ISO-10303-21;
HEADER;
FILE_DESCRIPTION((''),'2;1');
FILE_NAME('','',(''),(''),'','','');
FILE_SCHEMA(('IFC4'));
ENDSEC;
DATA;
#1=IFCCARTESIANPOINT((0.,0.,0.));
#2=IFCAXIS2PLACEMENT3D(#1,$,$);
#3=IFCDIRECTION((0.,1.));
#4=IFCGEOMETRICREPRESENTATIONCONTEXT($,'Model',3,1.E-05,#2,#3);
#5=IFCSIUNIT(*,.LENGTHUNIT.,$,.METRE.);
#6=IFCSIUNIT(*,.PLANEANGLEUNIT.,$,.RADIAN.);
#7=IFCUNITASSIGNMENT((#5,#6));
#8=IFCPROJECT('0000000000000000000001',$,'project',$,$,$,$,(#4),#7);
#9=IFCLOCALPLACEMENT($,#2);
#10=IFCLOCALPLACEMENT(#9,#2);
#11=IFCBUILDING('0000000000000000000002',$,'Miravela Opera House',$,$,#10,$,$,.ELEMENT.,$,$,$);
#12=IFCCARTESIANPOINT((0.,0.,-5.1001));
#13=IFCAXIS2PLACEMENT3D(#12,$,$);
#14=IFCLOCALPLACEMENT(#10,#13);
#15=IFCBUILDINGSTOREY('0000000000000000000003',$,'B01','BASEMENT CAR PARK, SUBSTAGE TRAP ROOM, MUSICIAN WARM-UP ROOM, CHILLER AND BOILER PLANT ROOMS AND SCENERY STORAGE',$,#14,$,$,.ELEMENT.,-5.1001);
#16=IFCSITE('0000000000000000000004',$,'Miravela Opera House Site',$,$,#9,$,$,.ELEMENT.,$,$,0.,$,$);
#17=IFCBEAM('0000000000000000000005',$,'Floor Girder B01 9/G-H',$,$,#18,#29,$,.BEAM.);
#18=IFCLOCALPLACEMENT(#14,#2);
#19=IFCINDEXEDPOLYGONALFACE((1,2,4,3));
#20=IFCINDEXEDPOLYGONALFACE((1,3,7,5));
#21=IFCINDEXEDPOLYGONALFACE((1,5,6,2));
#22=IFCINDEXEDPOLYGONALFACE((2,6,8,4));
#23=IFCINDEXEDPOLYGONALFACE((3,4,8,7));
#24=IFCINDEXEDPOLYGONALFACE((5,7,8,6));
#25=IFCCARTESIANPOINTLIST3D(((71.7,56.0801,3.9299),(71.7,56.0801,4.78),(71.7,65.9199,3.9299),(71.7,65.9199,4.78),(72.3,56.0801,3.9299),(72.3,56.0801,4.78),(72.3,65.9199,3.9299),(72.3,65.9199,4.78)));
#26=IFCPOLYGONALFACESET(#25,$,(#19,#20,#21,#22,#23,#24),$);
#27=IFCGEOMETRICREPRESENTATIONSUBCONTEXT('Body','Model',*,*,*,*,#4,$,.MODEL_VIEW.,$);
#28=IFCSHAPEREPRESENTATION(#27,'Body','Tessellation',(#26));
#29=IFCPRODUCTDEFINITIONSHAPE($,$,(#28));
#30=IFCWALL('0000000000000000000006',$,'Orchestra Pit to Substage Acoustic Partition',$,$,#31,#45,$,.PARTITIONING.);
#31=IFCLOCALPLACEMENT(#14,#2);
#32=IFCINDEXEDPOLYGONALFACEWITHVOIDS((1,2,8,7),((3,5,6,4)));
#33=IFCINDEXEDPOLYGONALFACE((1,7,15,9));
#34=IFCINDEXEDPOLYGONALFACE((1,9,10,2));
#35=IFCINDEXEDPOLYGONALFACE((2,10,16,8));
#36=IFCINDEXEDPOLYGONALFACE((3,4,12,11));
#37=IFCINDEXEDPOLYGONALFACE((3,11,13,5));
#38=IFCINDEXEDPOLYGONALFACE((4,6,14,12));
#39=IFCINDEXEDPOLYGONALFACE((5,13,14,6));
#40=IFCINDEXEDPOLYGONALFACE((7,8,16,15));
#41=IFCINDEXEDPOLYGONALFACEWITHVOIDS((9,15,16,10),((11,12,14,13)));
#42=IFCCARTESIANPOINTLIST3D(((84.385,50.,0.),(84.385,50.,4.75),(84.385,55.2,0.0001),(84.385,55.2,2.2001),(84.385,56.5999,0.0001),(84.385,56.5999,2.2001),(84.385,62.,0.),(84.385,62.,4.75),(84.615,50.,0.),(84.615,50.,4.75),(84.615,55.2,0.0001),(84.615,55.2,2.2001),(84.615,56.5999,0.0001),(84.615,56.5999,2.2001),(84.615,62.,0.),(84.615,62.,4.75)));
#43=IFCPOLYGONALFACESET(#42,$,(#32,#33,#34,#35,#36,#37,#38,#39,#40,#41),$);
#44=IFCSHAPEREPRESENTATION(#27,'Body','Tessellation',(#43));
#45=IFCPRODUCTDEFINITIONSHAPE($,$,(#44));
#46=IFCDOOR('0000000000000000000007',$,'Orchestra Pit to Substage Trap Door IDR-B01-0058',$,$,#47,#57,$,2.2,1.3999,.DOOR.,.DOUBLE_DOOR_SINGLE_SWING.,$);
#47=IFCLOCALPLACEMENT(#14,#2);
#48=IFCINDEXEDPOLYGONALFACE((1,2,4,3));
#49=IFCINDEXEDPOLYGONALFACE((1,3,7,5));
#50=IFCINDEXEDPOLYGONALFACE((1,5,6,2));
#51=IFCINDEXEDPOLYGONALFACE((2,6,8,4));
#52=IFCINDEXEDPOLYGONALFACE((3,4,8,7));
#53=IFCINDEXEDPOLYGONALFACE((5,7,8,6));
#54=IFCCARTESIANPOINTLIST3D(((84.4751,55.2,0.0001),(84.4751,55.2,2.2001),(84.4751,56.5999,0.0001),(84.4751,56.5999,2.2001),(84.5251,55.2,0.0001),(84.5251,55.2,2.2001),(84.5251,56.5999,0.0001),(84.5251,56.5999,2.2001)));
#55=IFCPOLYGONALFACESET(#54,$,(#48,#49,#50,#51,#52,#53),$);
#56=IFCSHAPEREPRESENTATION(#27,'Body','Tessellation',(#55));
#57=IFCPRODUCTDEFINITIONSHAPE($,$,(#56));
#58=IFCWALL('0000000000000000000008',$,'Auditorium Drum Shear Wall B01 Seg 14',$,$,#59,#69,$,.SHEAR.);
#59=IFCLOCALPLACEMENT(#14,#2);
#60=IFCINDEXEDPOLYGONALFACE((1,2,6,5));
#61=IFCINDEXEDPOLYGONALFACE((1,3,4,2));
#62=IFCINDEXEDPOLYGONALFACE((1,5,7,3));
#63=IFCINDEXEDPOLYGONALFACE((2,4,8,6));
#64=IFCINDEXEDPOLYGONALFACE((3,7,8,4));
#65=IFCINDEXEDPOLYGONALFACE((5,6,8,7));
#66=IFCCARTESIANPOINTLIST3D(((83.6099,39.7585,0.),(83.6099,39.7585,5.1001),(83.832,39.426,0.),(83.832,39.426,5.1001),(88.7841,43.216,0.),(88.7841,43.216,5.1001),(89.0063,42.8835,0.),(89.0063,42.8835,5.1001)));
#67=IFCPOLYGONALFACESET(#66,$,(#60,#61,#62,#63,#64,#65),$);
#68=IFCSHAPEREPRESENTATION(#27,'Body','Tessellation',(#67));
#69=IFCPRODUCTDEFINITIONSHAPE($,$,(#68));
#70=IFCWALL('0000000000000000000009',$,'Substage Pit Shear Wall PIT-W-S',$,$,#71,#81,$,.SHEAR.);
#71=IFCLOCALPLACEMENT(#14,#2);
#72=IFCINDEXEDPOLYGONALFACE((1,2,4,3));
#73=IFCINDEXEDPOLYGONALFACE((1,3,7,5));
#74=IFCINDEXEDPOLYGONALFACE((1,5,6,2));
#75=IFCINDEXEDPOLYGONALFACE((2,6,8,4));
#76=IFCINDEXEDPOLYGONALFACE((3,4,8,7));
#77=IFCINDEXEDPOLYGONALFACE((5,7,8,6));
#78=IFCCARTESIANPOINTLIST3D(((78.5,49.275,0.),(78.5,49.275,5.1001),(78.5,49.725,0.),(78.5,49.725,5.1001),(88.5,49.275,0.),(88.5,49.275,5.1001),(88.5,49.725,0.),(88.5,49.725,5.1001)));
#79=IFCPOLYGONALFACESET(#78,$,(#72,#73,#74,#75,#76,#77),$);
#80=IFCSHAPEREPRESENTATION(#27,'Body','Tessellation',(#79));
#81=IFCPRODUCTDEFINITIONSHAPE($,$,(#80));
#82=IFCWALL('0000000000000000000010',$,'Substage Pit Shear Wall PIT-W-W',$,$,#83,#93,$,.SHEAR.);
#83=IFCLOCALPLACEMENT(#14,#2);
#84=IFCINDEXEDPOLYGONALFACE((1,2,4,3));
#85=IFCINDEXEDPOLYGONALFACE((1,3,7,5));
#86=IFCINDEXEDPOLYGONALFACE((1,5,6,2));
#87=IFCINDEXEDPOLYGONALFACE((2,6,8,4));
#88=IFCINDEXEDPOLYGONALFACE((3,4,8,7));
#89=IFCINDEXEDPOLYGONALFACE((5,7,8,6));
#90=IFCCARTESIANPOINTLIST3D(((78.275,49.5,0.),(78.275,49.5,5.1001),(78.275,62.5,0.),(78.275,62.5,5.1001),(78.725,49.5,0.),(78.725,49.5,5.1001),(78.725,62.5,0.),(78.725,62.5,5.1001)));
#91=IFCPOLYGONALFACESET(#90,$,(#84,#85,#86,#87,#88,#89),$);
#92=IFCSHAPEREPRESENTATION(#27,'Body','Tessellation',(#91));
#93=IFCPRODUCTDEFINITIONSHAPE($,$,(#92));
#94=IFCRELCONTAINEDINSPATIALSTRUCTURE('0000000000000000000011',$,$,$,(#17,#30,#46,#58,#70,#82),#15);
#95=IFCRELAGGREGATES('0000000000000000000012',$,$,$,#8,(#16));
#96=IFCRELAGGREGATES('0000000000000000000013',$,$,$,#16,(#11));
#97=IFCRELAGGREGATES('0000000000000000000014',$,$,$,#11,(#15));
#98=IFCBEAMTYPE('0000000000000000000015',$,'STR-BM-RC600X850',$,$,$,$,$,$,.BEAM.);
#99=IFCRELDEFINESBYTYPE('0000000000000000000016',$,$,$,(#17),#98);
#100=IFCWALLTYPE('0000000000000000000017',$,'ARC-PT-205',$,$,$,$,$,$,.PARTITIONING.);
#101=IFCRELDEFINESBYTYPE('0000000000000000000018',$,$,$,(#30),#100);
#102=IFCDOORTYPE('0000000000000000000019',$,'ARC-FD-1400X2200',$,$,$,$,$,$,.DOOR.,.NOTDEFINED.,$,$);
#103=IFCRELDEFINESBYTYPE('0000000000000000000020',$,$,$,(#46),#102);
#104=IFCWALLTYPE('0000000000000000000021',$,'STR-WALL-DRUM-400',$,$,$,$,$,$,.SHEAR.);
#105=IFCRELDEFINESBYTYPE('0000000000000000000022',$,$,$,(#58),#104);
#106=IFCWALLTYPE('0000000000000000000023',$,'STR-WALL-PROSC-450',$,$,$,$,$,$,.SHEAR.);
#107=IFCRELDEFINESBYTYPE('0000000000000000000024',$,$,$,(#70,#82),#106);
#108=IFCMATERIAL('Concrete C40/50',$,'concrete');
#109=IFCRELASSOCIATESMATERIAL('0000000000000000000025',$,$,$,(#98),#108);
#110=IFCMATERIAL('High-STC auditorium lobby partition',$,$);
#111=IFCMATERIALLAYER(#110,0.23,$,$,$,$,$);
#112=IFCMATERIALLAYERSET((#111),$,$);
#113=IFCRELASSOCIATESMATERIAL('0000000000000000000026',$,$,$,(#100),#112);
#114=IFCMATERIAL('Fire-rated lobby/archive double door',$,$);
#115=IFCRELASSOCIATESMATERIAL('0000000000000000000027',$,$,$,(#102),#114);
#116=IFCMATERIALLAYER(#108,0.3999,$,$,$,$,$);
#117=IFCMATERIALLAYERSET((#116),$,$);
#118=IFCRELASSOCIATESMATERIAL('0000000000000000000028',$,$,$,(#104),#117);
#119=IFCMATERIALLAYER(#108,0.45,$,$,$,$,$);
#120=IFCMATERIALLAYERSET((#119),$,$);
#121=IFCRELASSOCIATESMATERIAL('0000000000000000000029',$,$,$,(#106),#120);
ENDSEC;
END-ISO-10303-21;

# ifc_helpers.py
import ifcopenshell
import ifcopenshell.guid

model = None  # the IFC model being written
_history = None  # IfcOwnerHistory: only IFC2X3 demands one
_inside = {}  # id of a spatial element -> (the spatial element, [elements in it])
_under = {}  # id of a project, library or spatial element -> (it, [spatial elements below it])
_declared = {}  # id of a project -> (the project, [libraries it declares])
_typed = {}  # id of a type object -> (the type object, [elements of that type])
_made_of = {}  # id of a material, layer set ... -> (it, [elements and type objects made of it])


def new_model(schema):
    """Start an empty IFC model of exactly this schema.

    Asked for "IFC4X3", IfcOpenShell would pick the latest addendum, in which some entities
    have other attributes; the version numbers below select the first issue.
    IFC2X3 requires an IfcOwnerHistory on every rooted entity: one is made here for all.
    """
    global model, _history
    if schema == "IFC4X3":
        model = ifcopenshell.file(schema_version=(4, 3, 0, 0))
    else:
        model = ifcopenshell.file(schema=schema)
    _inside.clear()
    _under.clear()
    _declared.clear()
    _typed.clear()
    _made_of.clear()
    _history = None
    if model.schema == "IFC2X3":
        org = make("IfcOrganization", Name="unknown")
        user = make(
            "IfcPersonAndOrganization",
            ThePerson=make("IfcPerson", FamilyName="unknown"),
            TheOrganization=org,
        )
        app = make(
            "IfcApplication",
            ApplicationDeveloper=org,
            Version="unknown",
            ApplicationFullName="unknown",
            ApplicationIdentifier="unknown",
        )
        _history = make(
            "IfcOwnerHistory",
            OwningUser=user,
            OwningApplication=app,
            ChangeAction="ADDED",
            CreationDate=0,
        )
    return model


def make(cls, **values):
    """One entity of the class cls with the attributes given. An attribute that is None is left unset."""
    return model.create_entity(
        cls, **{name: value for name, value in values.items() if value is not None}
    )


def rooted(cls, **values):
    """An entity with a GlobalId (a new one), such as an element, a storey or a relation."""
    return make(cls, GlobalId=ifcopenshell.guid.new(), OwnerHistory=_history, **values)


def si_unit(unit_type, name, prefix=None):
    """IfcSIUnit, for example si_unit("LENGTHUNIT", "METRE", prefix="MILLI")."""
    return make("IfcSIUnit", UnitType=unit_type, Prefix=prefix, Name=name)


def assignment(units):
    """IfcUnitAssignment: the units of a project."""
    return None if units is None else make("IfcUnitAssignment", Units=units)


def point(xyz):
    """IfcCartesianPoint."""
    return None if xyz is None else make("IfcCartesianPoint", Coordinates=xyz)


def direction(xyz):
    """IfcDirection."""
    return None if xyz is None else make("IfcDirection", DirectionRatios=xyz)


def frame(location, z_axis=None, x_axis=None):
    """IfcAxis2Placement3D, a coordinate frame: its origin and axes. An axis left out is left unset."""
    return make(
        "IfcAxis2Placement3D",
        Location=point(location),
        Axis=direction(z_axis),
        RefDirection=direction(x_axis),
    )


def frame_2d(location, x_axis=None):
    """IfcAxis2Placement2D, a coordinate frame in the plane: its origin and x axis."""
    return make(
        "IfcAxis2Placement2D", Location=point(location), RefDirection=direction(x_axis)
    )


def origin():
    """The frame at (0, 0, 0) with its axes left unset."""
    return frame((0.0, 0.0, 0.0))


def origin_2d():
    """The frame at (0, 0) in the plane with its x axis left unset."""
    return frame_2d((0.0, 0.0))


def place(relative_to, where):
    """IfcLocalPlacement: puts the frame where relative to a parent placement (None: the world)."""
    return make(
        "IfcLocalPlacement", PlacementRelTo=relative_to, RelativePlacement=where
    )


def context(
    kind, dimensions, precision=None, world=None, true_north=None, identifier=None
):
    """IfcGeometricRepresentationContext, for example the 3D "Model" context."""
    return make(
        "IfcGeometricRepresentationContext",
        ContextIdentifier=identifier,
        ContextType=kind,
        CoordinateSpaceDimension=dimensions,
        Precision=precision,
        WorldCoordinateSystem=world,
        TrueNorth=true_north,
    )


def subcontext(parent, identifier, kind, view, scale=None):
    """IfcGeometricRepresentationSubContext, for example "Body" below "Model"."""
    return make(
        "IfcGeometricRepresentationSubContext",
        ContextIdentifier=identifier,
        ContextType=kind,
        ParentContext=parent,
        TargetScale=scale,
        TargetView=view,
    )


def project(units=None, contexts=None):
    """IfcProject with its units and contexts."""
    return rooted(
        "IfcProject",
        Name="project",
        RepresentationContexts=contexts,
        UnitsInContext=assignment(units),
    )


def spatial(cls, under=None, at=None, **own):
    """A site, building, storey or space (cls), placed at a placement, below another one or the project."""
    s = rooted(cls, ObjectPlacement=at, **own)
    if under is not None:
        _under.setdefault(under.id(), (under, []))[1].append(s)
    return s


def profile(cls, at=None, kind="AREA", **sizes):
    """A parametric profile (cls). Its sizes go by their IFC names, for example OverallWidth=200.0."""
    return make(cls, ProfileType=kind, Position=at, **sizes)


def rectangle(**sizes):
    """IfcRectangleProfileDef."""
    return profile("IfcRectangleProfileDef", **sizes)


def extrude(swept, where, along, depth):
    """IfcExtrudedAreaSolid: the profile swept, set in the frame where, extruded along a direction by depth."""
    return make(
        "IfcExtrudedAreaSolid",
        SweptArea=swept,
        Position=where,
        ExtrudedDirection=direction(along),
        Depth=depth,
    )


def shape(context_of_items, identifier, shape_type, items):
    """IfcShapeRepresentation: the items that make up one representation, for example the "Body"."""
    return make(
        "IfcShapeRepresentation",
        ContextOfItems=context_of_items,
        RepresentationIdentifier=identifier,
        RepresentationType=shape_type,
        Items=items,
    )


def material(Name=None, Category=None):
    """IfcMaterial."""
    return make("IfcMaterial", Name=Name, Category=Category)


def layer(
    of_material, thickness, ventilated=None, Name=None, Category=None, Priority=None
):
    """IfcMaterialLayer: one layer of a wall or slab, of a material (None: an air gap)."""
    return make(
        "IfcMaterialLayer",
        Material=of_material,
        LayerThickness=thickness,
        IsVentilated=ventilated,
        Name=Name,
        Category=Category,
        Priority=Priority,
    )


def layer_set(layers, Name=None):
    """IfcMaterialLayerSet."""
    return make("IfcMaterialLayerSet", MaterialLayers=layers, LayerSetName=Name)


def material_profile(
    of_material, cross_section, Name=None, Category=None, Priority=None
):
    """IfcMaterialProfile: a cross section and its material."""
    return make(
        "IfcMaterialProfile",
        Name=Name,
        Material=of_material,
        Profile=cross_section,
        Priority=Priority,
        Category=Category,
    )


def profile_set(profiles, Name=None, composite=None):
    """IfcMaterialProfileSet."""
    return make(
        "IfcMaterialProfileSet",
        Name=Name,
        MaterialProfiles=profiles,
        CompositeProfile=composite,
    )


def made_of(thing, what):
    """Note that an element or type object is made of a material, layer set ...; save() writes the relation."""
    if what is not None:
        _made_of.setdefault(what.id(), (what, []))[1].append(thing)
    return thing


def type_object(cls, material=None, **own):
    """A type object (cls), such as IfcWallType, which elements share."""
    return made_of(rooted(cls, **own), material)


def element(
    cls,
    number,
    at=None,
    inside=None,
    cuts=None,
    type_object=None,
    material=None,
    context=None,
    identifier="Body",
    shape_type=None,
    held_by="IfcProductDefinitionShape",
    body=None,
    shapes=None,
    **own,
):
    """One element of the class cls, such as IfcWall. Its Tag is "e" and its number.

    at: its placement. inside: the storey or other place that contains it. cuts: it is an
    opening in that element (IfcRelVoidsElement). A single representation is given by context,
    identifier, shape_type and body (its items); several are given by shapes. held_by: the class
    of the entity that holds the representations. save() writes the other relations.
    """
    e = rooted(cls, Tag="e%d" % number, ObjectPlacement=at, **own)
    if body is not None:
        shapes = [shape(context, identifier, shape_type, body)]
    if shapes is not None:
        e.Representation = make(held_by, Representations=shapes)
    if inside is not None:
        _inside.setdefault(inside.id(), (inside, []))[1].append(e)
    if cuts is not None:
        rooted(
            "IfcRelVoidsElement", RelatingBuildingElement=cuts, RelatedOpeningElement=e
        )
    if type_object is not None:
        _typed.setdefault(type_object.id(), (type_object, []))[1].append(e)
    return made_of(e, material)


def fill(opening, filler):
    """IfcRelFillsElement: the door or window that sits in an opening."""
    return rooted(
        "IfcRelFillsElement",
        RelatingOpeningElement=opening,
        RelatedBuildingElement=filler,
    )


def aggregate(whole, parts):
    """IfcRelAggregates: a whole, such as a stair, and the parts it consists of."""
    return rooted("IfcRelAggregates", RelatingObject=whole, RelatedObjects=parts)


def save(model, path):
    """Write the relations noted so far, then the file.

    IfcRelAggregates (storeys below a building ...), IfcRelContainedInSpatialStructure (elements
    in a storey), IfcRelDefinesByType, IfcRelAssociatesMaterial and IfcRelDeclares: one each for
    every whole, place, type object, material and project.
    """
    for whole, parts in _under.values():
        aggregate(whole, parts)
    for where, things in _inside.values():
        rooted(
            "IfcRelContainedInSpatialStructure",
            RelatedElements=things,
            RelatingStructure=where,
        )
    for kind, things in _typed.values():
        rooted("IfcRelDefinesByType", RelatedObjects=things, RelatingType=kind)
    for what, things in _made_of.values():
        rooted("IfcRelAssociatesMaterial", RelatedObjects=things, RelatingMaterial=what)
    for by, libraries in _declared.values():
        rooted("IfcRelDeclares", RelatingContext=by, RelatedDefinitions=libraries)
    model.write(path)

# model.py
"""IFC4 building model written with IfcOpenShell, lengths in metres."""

from ifc_helpers import new_model, si_unit, direction, frame, frame_2d, origin, origin_2d, place, context, subcontext, project, spatial, rectangle, extrude, material, layer, layer_set, material_profile, profile_set, type_object, element, fill, save


model = new_model("IFC4")

# Units and contexts
model_context = context("Model", 3, precision=1e-05, world=origin(), true_north=direction((0.0, 1.0)))
body_context = subcontext(model_context, "Body", "Model", "MODEL_VIEW")
ifc_project = project(units=[si_unit("LENGTHUNIT", "METRE"), si_unit("PLANEANGLEUNIT", "RADIAN")], contexts=[model_context])

# Site, building, storey
site_placement = place(None, origin())
site = spatial("IfcSite", under=ifc_project, at=site_placement, Name="Miravela Opera House Site", CompositionType="ELEMENT", RefElevation=0.0)
building_placement = place(site_placement, origin())
building = spatial("IfcBuilding", under=site, at=building_placement, Name="Miravela Opera House", CompositionType="ELEMENT")
storey_placement = place(building_placement, frame((0.0, 0.0, -5.1001)))
storey = spatial("IfcBuildingStorey", under=building, at=storey_placement, Name="B01", Description="BASEMENT CAR PARK, SUBSTAGE TRAP ROOM, MUSICIAN WARM-UP ROOM, CHILLER AND BOILER PLANT ROOMS AND SCENERY STORAGE", CompositionType="ELEMENT", Elevation=-5.1001)

# Shared definitions
ifc_material_1 = material(Name="Concrete C40/50", Category="concrete")

# Beam
ifc_material_profile_1 = material_profile(ifc_material_1, rectangle(XDim=0.6001, YDim=0.8501, at=origin_2d()), Name="RC-BM-600X850")
ifc_profile_set_1 = profile_set([ifc_material_profile_1])
beam_type_1 = type_object("IfcBeamType", Name="STR-BM-RC600X850", PredefinedType="BEAM", material=ifc_profile_set_1)
beam_1_placement = place(storey_placement, frame((72.0, 56.0801, 4.355), z_axis=(0.0, 1.0, 0.0), x_axis=(-1.0, 0.0, 0.0)))
element("IfcBeam", 1, at=beam_1_placement, inside=storey, type_object=beam_type_1, Name="Floor Girder B01 9/G-H", PredefinedType="BEAM", context=body_context, shape_type="SweptSolid", body=[
    extrude(rectangle(XDim=0.6001, YDim=0.8501, at=origin_2d()), origin(), (0.0, 0.0, 1.0), 9.8398),
])

# Wall, opening, door
ifc_material_2 = material(Name="High-STC auditorium lobby partition")
ifc_layer_1 = layer(ifc_material_2, 0.23)
ifc_layer_set_1 = layer_set([ifc_layer_1])
wall_type_1 = type_object("IfcWallType", Name="ARC-PT-205", PredefinedType="PARTITIONING", material=ifc_layer_set_1)
wall_1_placement = place(storey_placement, frame((84.5, 50.0, 0.0), z_axis=(0.0, 0.0, 1.0), x_axis=(0.0, 1.0, 0.0)))
wall_1 = element("IfcWall", 2, at=wall_1_placement, inside=storey, type_object=wall_type_1, Name="Orchestra Pit to Substage Acoustic Partition", PredefinedType="PARTITIONING", context=body_context, shape_type="SweptSolid", body=[
    extrude(rectangle(XDim=12.0, YDim=0.23, at=frame_2d((6.0, 0.0))), origin(), (0.0, 0.0, 1.0), 4.75),
])
opening_placement = place(wall_1_placement, frame((5.2, 0.0, 0.0)))
opening = element("IfcOpeningElement", 3, at=opening_placement, cuts=wall_1, PredefinedType="OPENING", context=body_context, shape_type="SweptSolid", body=[
    extrude(rectangle(XDim=1.3999, YDim=2.2, at=frame_2d((0.7, 1.1001))), frame((0.0, 0.125, 0.0), z_axis=(0.0, -1.0, 0.0), x_axis=(1.0, 0.0, 0.0)), (0.0, 0.0, 1.0), 0.25),
])
ifc_material_3 = material(Name="Fire-rated lobby/archive double door")
door_type = type_object("IfcDoorType", Name="ARC-FD-1400X2200", OperationType="NOTDEFINED", PredefinedType="DOOR", material=ifc_material_3)
door_placement = place(opening_placement, origin())
door = element("IfcDoor", 4, at=door_placement, inside=storey, type_object=door_type, Name="Orchestra Pit to Substage Trap Door IDR-B01-0058", OperationType="DOUBLE_DOOR_SINGLE_SWING", OverallHeight=2.2, OverallWidth=1.3999, PredefinedType="DOOR", context=body_context, shape_type="SweptSolid", body=[
    extrude(rectangle(XDim=1.3999, YDim=2.2, at=frame_2d((0.7, 1.1001))), frame((0.0, 0.0249, 0.0), z_axis=(0.0, -1.0, 0.0), x_axis=(1.0, 0.0, 0.0)), (0.0, 0.0, 1.0), 0.05),
])
fill(opening, door)

# Walls
ifc_layer_2 = layer(ifc_material_1, 0.3999)
ifc_layer_set_2 = layer_set([ifc_layer_2])
wall_type_2 = type_object("IfcWallType", Name="STR-WALL-DRUM-400", PredefinedType="SHEAR", material=ifc_layer_set_2)
wall_2_placement = place(storey_placement, frame((83.7209, 39.5923, 0.0), z_axis=(0.0, 0.0, 1.0), x_axis=(0.831458, 0.555587, 0.0)))
element("IfcWall", 5, at=wall_2_placement, inside=storey, type_object=wall_type_2, Name="Auditorium Drum Shear Wall B01 Seg 14", PredefinedType="SHEAR", context=body_context, shape_type="SweptSolid", body=[
    extrude(rectangle(XDim=6.2231, YDim=0.3999, at=frame_2d((3.1116, 0.0))), origin(), (0.0, 0.0, 1.0), 5.1001),
])
ifc_layer_3 = layer(ifc_material_1, 0.45)
ifc_layer_set_3 = layer_set([ifc_layer_3])
wall_type_3 = type_object("IfcWallType", Name="STR-WALL-PROSC-450", PredefinedType="SHEAR", material=ifc_layer_set_3)
wall_3_placement = place(storey_placement, frame((78.5, 49.5, 0.0), z_axis=(0.0, 0.0, 1.0), x_axis=(1.0, 0.0, 0.0)))
element("IfcWall", 6, at=wall_3_placement, inside=storey, type_object=wall_type_3, Name="Substage Pit Shear Wall PIT-W-S", PredefinedType="SHEAR", context=body_context, shape_type="SweptSolid", body=[
    extrude(rectangle(XDim=10.0, YDim=0.45, at=frame_2d((5.0, 0.0))), origin(), (0.0, 0.0, 1.0), 5.1001),
])
wall_4_placement = place(storey_placement, frame((78.5, 49.5, 0.0), z_axis=(0.0, 0.0, 1.0), x_axis=(0.0, 1.0, 0.0)))
element("IfcWall", 7, at=wall_4_placement, inside=storey, type_object=wall_type_3, Name="Substage Pit Shear Wall PIT-W-W", PredefinedType="SHEAR", context=body_context, shape_type="SweptSolid", body=[
    extrude(rectangle(XDim=13.0, YDim=0.45, at=frame_2d((6.5, 0.0))), origin(), (0.0, 0.0, 1.0), 5.1001),
])

save(model, "model.ifc")
